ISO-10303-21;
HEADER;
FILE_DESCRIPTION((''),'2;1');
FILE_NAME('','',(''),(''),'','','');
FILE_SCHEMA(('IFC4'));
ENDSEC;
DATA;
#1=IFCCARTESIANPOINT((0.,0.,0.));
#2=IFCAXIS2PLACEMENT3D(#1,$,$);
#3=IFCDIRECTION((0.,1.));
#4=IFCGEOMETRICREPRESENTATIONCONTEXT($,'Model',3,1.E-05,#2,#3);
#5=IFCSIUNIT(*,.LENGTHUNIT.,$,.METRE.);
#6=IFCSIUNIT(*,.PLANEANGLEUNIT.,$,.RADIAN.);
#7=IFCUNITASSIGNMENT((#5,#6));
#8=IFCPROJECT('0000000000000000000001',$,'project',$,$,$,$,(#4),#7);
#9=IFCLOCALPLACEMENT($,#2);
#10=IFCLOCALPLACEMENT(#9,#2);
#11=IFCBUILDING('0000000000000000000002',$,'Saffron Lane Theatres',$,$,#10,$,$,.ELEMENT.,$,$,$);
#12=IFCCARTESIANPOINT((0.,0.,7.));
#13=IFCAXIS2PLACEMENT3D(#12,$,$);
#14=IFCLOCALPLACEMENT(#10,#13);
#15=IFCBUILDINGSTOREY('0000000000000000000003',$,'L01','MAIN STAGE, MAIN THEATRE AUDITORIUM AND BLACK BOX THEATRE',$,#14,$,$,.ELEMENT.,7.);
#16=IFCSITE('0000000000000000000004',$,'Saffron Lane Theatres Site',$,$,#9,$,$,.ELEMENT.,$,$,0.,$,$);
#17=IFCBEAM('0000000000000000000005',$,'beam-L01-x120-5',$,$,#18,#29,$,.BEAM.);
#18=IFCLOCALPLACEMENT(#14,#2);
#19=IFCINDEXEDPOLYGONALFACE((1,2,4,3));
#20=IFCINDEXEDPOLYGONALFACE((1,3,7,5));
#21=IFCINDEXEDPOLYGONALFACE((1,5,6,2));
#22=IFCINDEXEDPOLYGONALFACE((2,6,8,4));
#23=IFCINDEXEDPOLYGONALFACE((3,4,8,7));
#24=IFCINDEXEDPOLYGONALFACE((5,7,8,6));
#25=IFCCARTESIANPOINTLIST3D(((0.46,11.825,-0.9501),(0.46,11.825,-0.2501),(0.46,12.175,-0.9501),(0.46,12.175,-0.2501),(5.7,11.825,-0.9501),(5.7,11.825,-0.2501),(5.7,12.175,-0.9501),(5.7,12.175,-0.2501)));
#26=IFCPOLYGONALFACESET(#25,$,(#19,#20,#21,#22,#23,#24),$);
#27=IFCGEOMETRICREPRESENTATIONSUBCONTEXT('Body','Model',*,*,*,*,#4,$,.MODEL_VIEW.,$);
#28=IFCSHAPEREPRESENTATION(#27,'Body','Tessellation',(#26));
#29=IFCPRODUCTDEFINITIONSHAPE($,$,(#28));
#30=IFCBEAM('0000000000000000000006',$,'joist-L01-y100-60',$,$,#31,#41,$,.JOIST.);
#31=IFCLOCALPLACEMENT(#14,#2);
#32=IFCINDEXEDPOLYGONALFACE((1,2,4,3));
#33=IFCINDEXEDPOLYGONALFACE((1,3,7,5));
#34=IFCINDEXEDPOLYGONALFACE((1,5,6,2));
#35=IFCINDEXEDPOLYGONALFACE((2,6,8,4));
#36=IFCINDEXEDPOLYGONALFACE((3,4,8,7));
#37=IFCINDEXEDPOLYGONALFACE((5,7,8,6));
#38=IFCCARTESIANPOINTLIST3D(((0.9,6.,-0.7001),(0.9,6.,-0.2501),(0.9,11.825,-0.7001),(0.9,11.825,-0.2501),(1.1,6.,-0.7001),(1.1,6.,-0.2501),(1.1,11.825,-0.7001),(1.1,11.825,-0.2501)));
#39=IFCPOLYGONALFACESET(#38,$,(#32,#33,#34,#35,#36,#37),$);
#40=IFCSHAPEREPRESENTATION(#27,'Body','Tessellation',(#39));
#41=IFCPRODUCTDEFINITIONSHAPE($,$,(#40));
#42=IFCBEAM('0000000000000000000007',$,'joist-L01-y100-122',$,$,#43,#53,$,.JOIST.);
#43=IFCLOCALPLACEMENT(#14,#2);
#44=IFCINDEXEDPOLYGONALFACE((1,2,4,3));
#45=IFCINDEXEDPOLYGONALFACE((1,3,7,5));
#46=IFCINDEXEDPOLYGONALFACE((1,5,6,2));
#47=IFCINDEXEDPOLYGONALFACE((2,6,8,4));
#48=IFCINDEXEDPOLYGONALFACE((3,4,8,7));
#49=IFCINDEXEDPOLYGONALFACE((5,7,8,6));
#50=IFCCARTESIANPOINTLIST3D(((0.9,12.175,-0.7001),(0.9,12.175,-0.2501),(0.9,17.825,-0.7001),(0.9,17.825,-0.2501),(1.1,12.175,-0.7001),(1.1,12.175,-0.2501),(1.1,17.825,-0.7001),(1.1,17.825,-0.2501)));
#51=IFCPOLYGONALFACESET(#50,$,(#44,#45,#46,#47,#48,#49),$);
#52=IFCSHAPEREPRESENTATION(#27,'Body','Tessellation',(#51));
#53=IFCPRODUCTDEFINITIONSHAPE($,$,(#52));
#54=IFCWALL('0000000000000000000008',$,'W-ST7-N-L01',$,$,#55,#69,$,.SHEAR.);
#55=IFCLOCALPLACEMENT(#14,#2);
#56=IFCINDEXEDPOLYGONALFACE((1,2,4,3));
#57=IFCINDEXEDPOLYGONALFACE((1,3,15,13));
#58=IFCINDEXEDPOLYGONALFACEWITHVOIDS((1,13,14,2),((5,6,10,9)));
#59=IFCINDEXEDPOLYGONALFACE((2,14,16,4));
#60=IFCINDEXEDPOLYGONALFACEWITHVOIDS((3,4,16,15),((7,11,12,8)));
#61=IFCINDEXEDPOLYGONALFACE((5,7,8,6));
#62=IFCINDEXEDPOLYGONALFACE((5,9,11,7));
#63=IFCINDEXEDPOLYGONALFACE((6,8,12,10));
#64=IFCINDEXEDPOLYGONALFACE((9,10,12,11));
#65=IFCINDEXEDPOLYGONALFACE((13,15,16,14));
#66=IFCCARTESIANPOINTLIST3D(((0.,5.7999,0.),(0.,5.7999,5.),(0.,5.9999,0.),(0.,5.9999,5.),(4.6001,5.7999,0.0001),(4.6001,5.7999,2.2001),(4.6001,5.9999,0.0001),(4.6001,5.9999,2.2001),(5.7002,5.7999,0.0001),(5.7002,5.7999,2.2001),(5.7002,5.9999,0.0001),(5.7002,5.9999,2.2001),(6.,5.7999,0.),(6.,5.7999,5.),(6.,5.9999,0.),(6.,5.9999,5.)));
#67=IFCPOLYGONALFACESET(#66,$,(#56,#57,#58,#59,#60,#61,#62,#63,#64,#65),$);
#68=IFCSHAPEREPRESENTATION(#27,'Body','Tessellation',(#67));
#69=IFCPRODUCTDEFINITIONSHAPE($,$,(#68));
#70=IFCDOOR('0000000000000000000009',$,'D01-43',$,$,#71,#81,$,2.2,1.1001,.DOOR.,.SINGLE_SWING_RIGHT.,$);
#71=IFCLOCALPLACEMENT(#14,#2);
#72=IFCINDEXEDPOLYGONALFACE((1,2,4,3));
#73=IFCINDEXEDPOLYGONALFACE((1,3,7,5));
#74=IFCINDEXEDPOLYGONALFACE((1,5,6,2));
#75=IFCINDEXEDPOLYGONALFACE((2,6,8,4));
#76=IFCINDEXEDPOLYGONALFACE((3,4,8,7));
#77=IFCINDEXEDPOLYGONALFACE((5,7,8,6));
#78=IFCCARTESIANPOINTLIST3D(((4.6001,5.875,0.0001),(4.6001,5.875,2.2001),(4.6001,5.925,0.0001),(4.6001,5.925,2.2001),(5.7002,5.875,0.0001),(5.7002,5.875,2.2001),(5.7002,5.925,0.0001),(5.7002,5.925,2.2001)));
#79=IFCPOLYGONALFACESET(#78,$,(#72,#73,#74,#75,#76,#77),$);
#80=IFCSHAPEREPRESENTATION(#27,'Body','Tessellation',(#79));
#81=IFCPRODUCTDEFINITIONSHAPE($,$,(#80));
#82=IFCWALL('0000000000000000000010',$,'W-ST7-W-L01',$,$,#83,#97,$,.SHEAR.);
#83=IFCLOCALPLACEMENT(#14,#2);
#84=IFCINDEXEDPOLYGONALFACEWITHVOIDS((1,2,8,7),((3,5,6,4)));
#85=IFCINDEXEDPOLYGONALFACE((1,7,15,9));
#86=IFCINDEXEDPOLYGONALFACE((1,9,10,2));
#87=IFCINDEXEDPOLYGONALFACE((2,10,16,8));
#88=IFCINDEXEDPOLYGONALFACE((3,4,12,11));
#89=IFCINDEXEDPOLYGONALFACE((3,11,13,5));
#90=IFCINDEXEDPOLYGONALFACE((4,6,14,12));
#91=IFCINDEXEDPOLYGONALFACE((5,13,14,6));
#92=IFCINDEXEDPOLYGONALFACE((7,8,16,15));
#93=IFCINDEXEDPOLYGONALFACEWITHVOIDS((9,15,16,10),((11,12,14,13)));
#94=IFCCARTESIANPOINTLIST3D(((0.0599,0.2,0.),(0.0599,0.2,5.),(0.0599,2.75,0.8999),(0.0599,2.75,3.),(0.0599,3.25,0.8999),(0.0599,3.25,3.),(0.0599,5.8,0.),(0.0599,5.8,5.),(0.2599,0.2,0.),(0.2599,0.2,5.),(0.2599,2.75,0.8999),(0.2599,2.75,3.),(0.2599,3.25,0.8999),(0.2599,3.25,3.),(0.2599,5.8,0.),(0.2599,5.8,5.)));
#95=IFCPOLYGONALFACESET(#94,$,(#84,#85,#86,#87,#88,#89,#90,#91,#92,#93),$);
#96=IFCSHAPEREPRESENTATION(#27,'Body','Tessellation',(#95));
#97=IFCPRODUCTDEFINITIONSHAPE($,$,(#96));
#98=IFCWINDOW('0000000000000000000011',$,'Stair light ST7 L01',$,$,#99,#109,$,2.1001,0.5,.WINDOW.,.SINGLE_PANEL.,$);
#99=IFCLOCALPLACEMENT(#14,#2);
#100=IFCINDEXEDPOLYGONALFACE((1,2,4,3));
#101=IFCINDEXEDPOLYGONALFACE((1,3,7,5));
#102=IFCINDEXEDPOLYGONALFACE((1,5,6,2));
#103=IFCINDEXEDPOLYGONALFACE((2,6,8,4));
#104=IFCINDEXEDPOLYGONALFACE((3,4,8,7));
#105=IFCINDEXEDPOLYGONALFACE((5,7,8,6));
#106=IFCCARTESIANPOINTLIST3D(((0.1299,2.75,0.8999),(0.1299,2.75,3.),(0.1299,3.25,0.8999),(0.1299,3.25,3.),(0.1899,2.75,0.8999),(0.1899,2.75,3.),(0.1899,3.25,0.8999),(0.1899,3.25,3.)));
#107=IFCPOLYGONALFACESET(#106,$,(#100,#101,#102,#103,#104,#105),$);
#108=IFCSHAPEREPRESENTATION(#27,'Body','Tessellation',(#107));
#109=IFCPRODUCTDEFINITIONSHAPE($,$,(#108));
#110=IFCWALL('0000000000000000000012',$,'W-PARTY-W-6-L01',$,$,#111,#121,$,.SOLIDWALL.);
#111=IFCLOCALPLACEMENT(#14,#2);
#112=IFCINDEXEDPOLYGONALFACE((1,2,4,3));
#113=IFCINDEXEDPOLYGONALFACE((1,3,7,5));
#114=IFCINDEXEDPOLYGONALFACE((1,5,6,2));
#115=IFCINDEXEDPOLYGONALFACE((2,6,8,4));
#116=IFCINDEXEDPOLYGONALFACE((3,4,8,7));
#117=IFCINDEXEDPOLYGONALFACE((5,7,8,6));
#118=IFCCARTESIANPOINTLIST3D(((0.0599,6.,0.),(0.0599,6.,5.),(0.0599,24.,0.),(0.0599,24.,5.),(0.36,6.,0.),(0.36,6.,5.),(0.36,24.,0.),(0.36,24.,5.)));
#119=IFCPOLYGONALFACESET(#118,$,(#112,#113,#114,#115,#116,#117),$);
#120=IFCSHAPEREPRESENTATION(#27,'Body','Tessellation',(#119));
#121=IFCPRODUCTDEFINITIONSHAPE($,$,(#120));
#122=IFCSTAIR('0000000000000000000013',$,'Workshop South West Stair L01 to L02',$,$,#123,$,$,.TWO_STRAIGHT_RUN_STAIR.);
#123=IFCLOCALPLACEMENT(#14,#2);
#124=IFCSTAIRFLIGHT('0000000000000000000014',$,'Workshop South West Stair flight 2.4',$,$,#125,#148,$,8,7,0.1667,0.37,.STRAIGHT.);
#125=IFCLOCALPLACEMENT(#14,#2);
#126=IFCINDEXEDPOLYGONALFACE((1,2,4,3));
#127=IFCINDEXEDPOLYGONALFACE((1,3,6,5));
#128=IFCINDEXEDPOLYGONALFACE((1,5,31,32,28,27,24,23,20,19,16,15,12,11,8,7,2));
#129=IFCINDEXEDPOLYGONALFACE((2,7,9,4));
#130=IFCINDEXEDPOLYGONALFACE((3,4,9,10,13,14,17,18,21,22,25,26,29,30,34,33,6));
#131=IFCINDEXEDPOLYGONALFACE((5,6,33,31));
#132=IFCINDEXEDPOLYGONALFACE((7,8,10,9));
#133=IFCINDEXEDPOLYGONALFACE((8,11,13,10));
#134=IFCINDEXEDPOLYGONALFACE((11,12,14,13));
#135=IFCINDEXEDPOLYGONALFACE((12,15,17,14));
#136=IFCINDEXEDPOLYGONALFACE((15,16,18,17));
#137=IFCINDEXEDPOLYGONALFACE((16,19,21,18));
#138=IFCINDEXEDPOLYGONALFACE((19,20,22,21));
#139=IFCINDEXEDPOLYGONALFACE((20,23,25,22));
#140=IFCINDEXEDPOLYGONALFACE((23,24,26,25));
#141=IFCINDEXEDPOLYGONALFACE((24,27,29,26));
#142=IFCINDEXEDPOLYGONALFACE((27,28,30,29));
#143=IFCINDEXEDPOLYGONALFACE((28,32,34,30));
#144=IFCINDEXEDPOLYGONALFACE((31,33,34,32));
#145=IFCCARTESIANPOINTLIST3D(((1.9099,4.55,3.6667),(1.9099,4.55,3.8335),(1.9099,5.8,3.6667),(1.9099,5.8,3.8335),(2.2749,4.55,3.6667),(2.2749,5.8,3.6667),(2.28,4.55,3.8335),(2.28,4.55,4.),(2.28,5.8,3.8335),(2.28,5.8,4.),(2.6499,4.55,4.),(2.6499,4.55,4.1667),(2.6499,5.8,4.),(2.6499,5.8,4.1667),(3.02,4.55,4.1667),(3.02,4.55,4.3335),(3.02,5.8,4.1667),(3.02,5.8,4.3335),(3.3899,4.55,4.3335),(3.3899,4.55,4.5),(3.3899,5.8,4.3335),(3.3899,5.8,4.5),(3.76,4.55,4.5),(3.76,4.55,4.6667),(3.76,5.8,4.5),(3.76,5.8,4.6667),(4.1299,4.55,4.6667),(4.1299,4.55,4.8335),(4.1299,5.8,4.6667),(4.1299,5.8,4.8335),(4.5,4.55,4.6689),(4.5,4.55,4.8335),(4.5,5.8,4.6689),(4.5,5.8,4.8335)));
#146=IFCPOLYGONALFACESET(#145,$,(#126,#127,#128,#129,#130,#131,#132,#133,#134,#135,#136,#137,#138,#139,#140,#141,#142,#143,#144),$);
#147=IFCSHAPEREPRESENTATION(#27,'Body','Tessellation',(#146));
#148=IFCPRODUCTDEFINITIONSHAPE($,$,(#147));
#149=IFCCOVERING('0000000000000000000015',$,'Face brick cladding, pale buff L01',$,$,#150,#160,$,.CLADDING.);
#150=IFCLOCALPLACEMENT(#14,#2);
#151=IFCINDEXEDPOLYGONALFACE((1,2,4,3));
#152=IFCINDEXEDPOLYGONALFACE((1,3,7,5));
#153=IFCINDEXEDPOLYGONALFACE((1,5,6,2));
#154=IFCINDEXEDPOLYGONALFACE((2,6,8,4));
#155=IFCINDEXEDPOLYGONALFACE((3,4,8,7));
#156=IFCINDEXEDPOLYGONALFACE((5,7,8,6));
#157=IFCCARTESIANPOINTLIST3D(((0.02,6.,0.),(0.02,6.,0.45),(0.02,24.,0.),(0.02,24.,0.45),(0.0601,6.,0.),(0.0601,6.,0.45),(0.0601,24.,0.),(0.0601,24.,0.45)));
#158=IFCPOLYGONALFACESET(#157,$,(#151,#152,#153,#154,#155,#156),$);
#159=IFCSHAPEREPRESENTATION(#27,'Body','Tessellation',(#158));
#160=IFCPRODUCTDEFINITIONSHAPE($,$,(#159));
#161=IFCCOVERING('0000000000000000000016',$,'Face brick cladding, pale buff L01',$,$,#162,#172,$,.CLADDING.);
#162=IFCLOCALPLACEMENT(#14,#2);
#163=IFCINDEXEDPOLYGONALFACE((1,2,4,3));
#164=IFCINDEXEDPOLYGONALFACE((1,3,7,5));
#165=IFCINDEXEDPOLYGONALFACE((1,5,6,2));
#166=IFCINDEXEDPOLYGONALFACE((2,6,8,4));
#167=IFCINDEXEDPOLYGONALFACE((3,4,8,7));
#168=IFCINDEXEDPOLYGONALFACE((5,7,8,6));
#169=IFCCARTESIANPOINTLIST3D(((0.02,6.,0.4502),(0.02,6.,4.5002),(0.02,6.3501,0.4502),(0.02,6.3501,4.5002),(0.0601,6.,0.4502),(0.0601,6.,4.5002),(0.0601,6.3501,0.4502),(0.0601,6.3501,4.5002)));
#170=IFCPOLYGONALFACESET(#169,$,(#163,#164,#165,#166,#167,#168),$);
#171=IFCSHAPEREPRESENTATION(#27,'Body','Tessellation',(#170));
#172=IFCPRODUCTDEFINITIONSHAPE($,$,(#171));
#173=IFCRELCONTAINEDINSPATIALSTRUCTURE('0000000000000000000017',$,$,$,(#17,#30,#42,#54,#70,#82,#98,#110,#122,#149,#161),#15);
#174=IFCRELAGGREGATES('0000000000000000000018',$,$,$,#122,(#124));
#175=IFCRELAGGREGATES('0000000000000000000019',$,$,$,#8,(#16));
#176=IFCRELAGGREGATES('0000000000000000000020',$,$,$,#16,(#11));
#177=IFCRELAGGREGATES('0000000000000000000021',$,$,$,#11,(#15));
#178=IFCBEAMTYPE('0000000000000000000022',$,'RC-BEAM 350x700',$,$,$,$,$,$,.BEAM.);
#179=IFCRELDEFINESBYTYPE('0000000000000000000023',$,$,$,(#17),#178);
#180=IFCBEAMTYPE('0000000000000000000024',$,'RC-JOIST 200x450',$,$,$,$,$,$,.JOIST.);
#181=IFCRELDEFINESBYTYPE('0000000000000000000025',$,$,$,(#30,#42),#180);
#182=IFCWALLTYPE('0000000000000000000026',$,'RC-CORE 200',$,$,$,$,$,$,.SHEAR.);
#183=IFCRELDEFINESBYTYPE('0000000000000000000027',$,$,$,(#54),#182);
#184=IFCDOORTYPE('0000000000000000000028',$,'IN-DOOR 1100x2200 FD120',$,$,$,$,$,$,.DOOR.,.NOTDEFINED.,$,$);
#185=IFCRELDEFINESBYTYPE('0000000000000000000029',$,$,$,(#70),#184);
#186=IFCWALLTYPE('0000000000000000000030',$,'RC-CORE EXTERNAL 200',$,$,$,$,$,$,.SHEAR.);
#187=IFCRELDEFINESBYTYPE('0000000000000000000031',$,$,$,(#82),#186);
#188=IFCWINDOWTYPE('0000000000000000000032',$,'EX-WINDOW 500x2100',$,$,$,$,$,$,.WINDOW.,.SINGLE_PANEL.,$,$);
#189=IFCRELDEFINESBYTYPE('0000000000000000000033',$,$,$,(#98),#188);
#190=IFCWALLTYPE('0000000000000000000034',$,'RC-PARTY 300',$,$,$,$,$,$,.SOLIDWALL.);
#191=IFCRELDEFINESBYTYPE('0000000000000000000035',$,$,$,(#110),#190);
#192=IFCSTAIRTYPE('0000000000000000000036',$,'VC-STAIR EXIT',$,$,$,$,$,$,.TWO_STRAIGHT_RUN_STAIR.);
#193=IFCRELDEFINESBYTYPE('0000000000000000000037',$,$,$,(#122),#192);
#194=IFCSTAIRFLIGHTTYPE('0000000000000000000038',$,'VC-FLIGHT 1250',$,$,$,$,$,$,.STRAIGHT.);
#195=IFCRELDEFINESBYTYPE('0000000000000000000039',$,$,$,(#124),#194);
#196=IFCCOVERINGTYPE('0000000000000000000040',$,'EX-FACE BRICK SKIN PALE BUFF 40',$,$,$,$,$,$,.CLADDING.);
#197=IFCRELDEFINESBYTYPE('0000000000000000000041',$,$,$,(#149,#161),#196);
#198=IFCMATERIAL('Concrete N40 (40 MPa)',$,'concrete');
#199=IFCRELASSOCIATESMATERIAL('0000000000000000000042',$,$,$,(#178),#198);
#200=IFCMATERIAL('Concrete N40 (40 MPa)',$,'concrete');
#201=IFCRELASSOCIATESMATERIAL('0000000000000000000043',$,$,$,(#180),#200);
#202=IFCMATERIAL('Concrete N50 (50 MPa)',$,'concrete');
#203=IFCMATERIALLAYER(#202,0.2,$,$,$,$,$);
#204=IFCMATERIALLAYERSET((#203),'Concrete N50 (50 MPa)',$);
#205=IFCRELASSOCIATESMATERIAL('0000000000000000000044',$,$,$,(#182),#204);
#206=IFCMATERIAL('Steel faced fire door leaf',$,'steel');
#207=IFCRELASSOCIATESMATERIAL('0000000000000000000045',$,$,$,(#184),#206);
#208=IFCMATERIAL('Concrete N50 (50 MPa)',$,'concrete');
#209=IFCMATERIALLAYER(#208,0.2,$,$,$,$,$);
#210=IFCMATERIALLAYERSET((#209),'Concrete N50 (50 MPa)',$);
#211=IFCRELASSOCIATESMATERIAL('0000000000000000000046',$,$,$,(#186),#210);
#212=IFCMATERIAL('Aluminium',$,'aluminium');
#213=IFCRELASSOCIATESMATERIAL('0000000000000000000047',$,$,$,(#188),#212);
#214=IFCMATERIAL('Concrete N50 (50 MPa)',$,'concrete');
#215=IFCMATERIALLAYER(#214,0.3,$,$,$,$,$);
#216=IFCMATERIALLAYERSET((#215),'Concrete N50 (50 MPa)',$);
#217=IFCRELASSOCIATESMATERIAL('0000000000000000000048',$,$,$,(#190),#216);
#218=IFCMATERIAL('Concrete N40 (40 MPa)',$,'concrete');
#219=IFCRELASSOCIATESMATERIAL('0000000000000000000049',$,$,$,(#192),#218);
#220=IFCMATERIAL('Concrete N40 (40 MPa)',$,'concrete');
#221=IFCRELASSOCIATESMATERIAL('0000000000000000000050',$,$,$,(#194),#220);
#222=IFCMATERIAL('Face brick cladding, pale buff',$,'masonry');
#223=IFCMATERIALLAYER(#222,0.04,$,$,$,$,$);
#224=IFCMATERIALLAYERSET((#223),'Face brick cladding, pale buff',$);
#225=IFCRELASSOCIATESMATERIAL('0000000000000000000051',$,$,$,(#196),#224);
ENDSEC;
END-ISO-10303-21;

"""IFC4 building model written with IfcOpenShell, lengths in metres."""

from ifc_helpers import new_model, si_unit, direction, frame, frame_2d, origin, origin_2d, place, context, subcontext, project, spatial, polyline, rectangle, outline, extrude, material, layer, layer_set, material_profile, profile_set, type_object, element, fill, aggregate, save


model = new_model("IFC4")

# Units and contexts
model_context = context("Model", 3, precision=1e-05, world=origin(), true_north=direction((0.0, 1.0)))
body_context = subcontext(model_context, "Body", "Model", "MODEL_VIEW")
ifc_project = project(units=[si_unit("LENGTHUNIT", "METRE"), si_unit("PLANEANGLEUNIT", "RADIAN")], contexts=[model_context])

# Site, building, storey
site_placement = place(None, origin())
site = spatial("IfcSite", under=ifc_project, at=site_placement, Name="Saffron Lane Theatres Site", CompositionType="ELEMENT", RefElevation=0.0)
building_placement = place(site_placement, origin())
building = spatial("IfcBuilding", under=site, at=building_placement, Name="Saffron Lane Theatres", CompositionType="ELEMENT")
storey_placement = place(building_placement, frame((0.0, 0.0, 7.0)))
storey = spatial("IfcBuildingStorey", under=building, at=storey_placement, Name="L01", Description="MAIN STAGE, MAIN THEATRE AUDITORIUM AND BLACK BOX THEATRE", CompositionType="ELEMENT", Elevation=7.0)

# Beams
ifc_material_1 = material(Name="Concrete N40 (40 MPa)", Category="concrete")
ifc_material_profile_1 = material_profile(ifc_material_1, rectangle(XDim=0.3501, YDim=0.7, at=origin_2d()))
ifc_profile_set_1 = profile_set([ifc_material_profile_1], Name="Concrete N40 (40 MPa)")
beam_type_1 = type_object("IfcBeamType", Name="RC-BEAM 350x700", PredefinedType="BEAM", material=ifc_profile_set_1)
beam_1_placement = place(storey_placement, frame((0.46, 12.0, -0.6001), z_axis=(1.0, 0.0, 0.0), x_axis=(0.0, 1.0, 0.0)))
element("IfcBeam", 1, at=beam_1_placement, inside=storey, type_object=beam_type_1, Name="beam-L01-x120-5", PredefinedType="BEAM", context=body_context, shape_type="SweptSolid", body=[
    extrude(rectangle(XDim=0.3501, YDim=0.7, at=origin_2d()), origin(), (0.0, 0.0, 1.0), 5.24),
])
ifc_material_2 = material(Name="Concrete N40 (40 MPa)", Category="concrete")
ifc_material_profile_2 = material_profile(ifc_material_2, rectangle(XDim=0.2, YDim=0.45, at=origin_2d()))
ifc_profile_set_2 = profile_set([ifc_material_profile_2], Name="Concrete N40 (40 MPa)")
beam_type_2 = type_object("IfcBeamType", Name="RC-JOIST 200x450", PredefinedType="JOIST", material=ifc_profile_set_2)
beam_2_placement = place(storey_placement, frame((1.0, 6.0, -0.4751), z_axis=(0.0, 1.0, 0.0), x_axis=(-1.0, 0.0, 0.0)))
element("IfcBeam", 2, at=beam_2_placement, inside=storey, type_object=beam_type_2, Name="joist-L01-y100-60", PredefinedType="JOIST", context=body_context, shape_type="SweptSolid", body=[
    extrude(rectangle(XDim=0.2, YDim=0.45, at=origin_2d()), origin(), (0.0, 0.0, 1.0), 5.825),
])
beam_3_placement = place(storey_placement, frame((1.0, 12.175, -0.4751), z_axis=(0.0, 1.0, 0.0), x_axis=(-1.0, 0.0, 0.0)))
element("IfcBeam", 3, at=beam_3_placement, inside=storey, type_object=beam_type_2, Name="joist-L01-y100-122", PredefinedType="JOIST", context=body_context, shape_type="SweptSolid", body=[
    extrude(rectangle(XDim=0.2, YDim=0.45, at=origin_2d()), origin(), (0.0, 0.0, 1.0), 5.6499),
])

# Wall, opening, door
ifc_material_3 = material(Name="Concrete N50 (50 MPa)", Category="concrete")
ifc_layer_1 = layer(ifc_material_3, 0.2)
ifc_layer_set_1 = layer_set([ifc_layer_1], Name="Concrete N50 (50 MPa)")
wall_type_1 = type_object("IfcWallType", Name="RC-CORE 200", PredefinedType="SHEAR", material=ifc_layer_set_1)
wall_1_placement = place(storey_placement, frame((0.0, 5.8999, 0.0), z_axis=(0.0, 0.0, 1.0), x_axis=(1.0, 0.0, 0.0)))
wall_1 = element("IfcWall", 4, at=wall_1_placement, inside=storey, type_object=wall_type_1, Name="W-ST7-N-L01", PredefinedType="SHEAR", context=body_context, shape_type="SweptSolid", body=[
    extrude(rectangle(XDim=6.0, YDim=0.2, at=frame_2d((3.0, 0.0))), origin(), (0.0, 0.0, 1.0), 5.0),
])
opening_1_placement = place(wall_1_placement, frame((4.6001, 0.0, 0.0)))
opening_1 = element("IfcOpeningElement", 5, at=opening_1_placement, cuts=wall_1, PredefinedType="OPENING", context=body_context, shape_type="SweptSolid", body=[
    extrude(rectangle(XDim=1.1001, YDim=2.2, at=frame_2d((0.55, 1.1001))), frame((0.0, 0.1099, 0.0), z_axis=(0.0, -1.0, 0.0), x_axis=(1.0, 0.0, 0.0)), (0.0, 0.0, 1.0), 0.22),
])
ifc_material_4 = material(Name="Steel faced fire door leaf", Category="steel")
door_type = type_object("IfcDoorType", Name="IN-DOOR 1100x2200 FD120", OperationType="NOTDEFINED", PredefinedType="DOOR", material=ifc_material_4)
door_placement = place(opening_1_placement, frame((1.1001, 0.0, 0.0), z_axis=(0.0, 0.0, 1.0), x_axis=(-1.0, 0.0, 0.0)))
door = element("IfcDoor", 6, at=door_placement, inside=storey, type_object=door_type, Name="D01-43", OperationType="SINGLE_SWING_RIGHT", OverallHeight=2.2, OverallWidth=1.1001, PredefinedType="DOOR", context=body_context, shape_type="SweptSolid", body=[
    extrude(rectangle(XDim=1.1001, YDim=2.2, at=frame_2d((0.55, 1.1001))), frame((0.0, 0.0249, 0.0), z_axis=(0.0, -1.0, 0.0), x_axis=(1.0, 0.0, 0.0)), (0.0, 0.0, 1.0), 0.05),
])
fill(opening_1, door)

# Wall, opening, window
ifc_material_5 = material(Name="Concrete N50 (50 MPa)", Category="concrete")
ifc_layer_2 = layer(ifc_material_5, 0.2)
ifc_layer_set_2 = layer_set([ifc_layer_2], Name="Concrete N50 (50 MPa)")
wall_type_2 = type_object("IfcWallType", Name="RC-CORE EXTERNAL 200", PredefinedType="SHEAR", material=ifc_layer_set_2)
wall_2_placement = place(storey_placement, frame((0.1599, 0.2, 0.0), z_axis=(0.0, 0.0, 1.0), x_axis=(0.0, 1.0, 0.0)))
wall_2 = element("IfcWall", 7, at=wall_2_placement, inside=storey, type_object=wall_type_2, Name="W-ST7-W-L01", PredefinedType="SHEAR", context=body_context, shape_type="SweptSolid", body=[
    extrude(rectangle(XDim=5.6001, YDim=0.2, at=frame_2d((2.8, 0.0))), origin(), (0.0, 0.0, 1.0), 5.0),
])
opening_2_placement = place(wall_2_placement, frame((2.55, 0.0, 0.8999)))
opening_2 = element("IfcOpeningElement", 8, at=opening_2_placement, cuts=wall_2, PredefinedType="OPENING", context=body_context, shape_type="SweptSolid", body=[
    extrude(rectangle(XDim=0.5, YDim=2.1001, at=frame_2d((0.25, 1.05))), frame((0.0, 0.1099, 0.0), z_axis=(0.0, -1.0, 0.0), x_axis=(1.0, 0.0, 0.0)), (0.0, 0.0, 1.0), 0.22),
])
ifc_material_6 = material(Name="Aluminium", Category="aluminium")
window_type = type_object("IfcWindowType", Name="EX-WINDOW 500x2100", PartitioningType="SINGLE_PANEL", PredefinedType="WINDOW", material=ifc_material_6)
window_placement = place(opening_2_placement, origin())
window = element("IfcWindow", 9, at=window_placement, inside=storey, type_object=window_type, Name="Stair light ST7 L01", OverallHeight=2.1001, OverallWidth=0.5, PartitioningType="SINGLE_PANEL", PredefinedType="WINDOW", context=body_context, shape_type="SweptSolid", body=[
    extrude(rectangle(XDim=0.5, YDim=2.1001, at=frame_2d((0.25, 1.05))), frame((0.0, 0.03, 0.0), z_axis=(0.0, -1.0, 0.0), x_axis=(1.0, 0.0, 0.0)), (0.0, 0.0, 1.0), 0.0601),
])
fill(opening_2, window)

# Wall
ifc_material_7 = material(Name="Concrete N50 (50 MPa)", Category="concrete")
ifc_layer_3 = layer(ifc_material_7, 0.3)
ifc_layer_set_3 = layer_set([ifc_layer_3], Name="Concrete N50 (50 MPa)")
wall_type_3 = type_object("IfcWallType", Name="RC-PARTY 300", PredefinedType="SOLIDWALL", material=ifc_layer_set_3)
wall_3_placement = place(storey_placement, frame((0.21, 6.0, 0.0), z_axis=(0.0, 0.0, 1.0), x_axis=(0.0, 1.0, 0.0)))
element("IfcWall", 10, at=wall_3_placement, inside=storey, type_object=wall_type_3, Name="W-PARTY-W-6-L01", PredefinedType="SOLIDWALL", context=body_context, shape_type="SweptSolid", body=[
    extrude(rectangle(XDim=18.0, YDim=0.3, at=frame_2d((9.0, 0.0))), origin(), (0.0, 0.0, 1.0), 5.0),
])

# Stair, stair flight
ifc_material_8 = material(Name="Concrete N40 (40 MPa)", Category="concrete")
stair_type = type_object("IfcStairType", Name="VC-STAIR EXIT", PredefinedType="TWO_STRAIGHT_RUN_STAIR", material=ifc_material_8)
stair_placement = place(storey_placement, origin())
stair = element("IfcStair", 11, at=stair_placement, inside=storey, type_object=stair_type, Name="Workshop South West Stair L01 to L02", PredefinedType="TWO_STRAIGHT_RUN_STAIR")
ifc_material_9 = material(Name="Concrete N40 (40 MPa)", Category="concrete")
stair_flight_type = type_object("IfcStairFlightType", Name="VC-FLIGHT 1250", PredefinedType="STRAIGHT", material=ifc_material_9)
stair_flight_placement = place(storey_placement, frame((1.9099, 5.175, 3.6667), z_axis=(0.0, 0.0, 1.0), x_axis=(1.0, 0.0, 0.0)))
stair_flight = element("IfcStairFlight", 12, at=stair_flight_placement, type_object=stair_flight_type, Name="Workshop South West Stair flight 2.4", NumberOfRisers=8, NumberOfTreads=7, PredefinedType="STRAIGHT", RiserHeight=0.1667, TreadLength=0.37, context=body_context, shape_type="SweptSolid", body=[
    extrude(outline(polyline([(0.0, 0.0), (0.0, 0.1667), (0.3701, 0.1667), (0.3701, 0.3333), (0.74, 0.3333), (0.74, 0.5), (1.1101, 0.5), (1.1101, 0.6667), (1.48, 0.6667), (1.48, 0.8333), (1.8501, 0.8333), (1.8501, 1.0), (2.22, 1.0), (2.22, 1.1667), (2.5901, 1.1667), (2.5901, 1.3333), (2.5901, 1.0022), (0.365, 0.0), (0.0, 0.0)])), frame((0.0, 0.625, 0.0), z_axis=(0.0, -1.0, 0.0), x_axis=(1.0, 0.0, 0.0)), (0.0, 0.0, 1.0), 1.25),
])
aggregate(stair, [stair_flight])

# Coverings
ifc_material_10 = material(Name="Face brick cladding, pale buff", Category="masonry")
ifc_layer_4 = layer(ifc_material_10, 0.04)
ifc_layer_set_4 = layer_set([ifc_layer_4], Name="Face brick cladding, pale buff")
covering_type_1 = type_object("IfcCoveringType", Name="EX-FACE BRICK SKIN PALE BUFF 40", PredefinedType="CLADDING", material=ifc_layer_set_4)
covering_1_placement = place(storey_placement, frame((0.04, 15.0, 0.0), z_axis=(0.0, 0.0, 1.0), x_axis=(0.0, 1.0, 0.0)))
element("IfcCovering", 13, at=covering_1_placement, inside=storey, type_object=covering_type_1, Name="Face brick cladding, pale buff L01", PredefinedType="CLADDING", context=body_context, shape_type="SweptSolid", body=[
    extrude(rectangle(XDim=18.0, YDim=0.04, at=origin_2d()), origin(), (0.0, 0.0, 1.0), 0.45),
])
covering_2_placement = place(storey_placement, frame((0.04, 6.175, 0.4502), z_axis=(0.0, 0.0, 1.0), x_axis=(0.0, 1.0, 0.0)))
element("IfcCovering", 14, at=covering_2_placement, inside=storey, type_object=covering_type_1, Name="Face brick cladding, pale buff L01", PredefinedType="CLADDING", context=body_context, shape_type="SweptSolid", body=[
    extrude(rectangle(XDim=0.3501, YDim=0.04, at=origin_2d()), origin(), (0.0, 0.0, 1.0), 4.05),
])

save(model, "model.ifc")
